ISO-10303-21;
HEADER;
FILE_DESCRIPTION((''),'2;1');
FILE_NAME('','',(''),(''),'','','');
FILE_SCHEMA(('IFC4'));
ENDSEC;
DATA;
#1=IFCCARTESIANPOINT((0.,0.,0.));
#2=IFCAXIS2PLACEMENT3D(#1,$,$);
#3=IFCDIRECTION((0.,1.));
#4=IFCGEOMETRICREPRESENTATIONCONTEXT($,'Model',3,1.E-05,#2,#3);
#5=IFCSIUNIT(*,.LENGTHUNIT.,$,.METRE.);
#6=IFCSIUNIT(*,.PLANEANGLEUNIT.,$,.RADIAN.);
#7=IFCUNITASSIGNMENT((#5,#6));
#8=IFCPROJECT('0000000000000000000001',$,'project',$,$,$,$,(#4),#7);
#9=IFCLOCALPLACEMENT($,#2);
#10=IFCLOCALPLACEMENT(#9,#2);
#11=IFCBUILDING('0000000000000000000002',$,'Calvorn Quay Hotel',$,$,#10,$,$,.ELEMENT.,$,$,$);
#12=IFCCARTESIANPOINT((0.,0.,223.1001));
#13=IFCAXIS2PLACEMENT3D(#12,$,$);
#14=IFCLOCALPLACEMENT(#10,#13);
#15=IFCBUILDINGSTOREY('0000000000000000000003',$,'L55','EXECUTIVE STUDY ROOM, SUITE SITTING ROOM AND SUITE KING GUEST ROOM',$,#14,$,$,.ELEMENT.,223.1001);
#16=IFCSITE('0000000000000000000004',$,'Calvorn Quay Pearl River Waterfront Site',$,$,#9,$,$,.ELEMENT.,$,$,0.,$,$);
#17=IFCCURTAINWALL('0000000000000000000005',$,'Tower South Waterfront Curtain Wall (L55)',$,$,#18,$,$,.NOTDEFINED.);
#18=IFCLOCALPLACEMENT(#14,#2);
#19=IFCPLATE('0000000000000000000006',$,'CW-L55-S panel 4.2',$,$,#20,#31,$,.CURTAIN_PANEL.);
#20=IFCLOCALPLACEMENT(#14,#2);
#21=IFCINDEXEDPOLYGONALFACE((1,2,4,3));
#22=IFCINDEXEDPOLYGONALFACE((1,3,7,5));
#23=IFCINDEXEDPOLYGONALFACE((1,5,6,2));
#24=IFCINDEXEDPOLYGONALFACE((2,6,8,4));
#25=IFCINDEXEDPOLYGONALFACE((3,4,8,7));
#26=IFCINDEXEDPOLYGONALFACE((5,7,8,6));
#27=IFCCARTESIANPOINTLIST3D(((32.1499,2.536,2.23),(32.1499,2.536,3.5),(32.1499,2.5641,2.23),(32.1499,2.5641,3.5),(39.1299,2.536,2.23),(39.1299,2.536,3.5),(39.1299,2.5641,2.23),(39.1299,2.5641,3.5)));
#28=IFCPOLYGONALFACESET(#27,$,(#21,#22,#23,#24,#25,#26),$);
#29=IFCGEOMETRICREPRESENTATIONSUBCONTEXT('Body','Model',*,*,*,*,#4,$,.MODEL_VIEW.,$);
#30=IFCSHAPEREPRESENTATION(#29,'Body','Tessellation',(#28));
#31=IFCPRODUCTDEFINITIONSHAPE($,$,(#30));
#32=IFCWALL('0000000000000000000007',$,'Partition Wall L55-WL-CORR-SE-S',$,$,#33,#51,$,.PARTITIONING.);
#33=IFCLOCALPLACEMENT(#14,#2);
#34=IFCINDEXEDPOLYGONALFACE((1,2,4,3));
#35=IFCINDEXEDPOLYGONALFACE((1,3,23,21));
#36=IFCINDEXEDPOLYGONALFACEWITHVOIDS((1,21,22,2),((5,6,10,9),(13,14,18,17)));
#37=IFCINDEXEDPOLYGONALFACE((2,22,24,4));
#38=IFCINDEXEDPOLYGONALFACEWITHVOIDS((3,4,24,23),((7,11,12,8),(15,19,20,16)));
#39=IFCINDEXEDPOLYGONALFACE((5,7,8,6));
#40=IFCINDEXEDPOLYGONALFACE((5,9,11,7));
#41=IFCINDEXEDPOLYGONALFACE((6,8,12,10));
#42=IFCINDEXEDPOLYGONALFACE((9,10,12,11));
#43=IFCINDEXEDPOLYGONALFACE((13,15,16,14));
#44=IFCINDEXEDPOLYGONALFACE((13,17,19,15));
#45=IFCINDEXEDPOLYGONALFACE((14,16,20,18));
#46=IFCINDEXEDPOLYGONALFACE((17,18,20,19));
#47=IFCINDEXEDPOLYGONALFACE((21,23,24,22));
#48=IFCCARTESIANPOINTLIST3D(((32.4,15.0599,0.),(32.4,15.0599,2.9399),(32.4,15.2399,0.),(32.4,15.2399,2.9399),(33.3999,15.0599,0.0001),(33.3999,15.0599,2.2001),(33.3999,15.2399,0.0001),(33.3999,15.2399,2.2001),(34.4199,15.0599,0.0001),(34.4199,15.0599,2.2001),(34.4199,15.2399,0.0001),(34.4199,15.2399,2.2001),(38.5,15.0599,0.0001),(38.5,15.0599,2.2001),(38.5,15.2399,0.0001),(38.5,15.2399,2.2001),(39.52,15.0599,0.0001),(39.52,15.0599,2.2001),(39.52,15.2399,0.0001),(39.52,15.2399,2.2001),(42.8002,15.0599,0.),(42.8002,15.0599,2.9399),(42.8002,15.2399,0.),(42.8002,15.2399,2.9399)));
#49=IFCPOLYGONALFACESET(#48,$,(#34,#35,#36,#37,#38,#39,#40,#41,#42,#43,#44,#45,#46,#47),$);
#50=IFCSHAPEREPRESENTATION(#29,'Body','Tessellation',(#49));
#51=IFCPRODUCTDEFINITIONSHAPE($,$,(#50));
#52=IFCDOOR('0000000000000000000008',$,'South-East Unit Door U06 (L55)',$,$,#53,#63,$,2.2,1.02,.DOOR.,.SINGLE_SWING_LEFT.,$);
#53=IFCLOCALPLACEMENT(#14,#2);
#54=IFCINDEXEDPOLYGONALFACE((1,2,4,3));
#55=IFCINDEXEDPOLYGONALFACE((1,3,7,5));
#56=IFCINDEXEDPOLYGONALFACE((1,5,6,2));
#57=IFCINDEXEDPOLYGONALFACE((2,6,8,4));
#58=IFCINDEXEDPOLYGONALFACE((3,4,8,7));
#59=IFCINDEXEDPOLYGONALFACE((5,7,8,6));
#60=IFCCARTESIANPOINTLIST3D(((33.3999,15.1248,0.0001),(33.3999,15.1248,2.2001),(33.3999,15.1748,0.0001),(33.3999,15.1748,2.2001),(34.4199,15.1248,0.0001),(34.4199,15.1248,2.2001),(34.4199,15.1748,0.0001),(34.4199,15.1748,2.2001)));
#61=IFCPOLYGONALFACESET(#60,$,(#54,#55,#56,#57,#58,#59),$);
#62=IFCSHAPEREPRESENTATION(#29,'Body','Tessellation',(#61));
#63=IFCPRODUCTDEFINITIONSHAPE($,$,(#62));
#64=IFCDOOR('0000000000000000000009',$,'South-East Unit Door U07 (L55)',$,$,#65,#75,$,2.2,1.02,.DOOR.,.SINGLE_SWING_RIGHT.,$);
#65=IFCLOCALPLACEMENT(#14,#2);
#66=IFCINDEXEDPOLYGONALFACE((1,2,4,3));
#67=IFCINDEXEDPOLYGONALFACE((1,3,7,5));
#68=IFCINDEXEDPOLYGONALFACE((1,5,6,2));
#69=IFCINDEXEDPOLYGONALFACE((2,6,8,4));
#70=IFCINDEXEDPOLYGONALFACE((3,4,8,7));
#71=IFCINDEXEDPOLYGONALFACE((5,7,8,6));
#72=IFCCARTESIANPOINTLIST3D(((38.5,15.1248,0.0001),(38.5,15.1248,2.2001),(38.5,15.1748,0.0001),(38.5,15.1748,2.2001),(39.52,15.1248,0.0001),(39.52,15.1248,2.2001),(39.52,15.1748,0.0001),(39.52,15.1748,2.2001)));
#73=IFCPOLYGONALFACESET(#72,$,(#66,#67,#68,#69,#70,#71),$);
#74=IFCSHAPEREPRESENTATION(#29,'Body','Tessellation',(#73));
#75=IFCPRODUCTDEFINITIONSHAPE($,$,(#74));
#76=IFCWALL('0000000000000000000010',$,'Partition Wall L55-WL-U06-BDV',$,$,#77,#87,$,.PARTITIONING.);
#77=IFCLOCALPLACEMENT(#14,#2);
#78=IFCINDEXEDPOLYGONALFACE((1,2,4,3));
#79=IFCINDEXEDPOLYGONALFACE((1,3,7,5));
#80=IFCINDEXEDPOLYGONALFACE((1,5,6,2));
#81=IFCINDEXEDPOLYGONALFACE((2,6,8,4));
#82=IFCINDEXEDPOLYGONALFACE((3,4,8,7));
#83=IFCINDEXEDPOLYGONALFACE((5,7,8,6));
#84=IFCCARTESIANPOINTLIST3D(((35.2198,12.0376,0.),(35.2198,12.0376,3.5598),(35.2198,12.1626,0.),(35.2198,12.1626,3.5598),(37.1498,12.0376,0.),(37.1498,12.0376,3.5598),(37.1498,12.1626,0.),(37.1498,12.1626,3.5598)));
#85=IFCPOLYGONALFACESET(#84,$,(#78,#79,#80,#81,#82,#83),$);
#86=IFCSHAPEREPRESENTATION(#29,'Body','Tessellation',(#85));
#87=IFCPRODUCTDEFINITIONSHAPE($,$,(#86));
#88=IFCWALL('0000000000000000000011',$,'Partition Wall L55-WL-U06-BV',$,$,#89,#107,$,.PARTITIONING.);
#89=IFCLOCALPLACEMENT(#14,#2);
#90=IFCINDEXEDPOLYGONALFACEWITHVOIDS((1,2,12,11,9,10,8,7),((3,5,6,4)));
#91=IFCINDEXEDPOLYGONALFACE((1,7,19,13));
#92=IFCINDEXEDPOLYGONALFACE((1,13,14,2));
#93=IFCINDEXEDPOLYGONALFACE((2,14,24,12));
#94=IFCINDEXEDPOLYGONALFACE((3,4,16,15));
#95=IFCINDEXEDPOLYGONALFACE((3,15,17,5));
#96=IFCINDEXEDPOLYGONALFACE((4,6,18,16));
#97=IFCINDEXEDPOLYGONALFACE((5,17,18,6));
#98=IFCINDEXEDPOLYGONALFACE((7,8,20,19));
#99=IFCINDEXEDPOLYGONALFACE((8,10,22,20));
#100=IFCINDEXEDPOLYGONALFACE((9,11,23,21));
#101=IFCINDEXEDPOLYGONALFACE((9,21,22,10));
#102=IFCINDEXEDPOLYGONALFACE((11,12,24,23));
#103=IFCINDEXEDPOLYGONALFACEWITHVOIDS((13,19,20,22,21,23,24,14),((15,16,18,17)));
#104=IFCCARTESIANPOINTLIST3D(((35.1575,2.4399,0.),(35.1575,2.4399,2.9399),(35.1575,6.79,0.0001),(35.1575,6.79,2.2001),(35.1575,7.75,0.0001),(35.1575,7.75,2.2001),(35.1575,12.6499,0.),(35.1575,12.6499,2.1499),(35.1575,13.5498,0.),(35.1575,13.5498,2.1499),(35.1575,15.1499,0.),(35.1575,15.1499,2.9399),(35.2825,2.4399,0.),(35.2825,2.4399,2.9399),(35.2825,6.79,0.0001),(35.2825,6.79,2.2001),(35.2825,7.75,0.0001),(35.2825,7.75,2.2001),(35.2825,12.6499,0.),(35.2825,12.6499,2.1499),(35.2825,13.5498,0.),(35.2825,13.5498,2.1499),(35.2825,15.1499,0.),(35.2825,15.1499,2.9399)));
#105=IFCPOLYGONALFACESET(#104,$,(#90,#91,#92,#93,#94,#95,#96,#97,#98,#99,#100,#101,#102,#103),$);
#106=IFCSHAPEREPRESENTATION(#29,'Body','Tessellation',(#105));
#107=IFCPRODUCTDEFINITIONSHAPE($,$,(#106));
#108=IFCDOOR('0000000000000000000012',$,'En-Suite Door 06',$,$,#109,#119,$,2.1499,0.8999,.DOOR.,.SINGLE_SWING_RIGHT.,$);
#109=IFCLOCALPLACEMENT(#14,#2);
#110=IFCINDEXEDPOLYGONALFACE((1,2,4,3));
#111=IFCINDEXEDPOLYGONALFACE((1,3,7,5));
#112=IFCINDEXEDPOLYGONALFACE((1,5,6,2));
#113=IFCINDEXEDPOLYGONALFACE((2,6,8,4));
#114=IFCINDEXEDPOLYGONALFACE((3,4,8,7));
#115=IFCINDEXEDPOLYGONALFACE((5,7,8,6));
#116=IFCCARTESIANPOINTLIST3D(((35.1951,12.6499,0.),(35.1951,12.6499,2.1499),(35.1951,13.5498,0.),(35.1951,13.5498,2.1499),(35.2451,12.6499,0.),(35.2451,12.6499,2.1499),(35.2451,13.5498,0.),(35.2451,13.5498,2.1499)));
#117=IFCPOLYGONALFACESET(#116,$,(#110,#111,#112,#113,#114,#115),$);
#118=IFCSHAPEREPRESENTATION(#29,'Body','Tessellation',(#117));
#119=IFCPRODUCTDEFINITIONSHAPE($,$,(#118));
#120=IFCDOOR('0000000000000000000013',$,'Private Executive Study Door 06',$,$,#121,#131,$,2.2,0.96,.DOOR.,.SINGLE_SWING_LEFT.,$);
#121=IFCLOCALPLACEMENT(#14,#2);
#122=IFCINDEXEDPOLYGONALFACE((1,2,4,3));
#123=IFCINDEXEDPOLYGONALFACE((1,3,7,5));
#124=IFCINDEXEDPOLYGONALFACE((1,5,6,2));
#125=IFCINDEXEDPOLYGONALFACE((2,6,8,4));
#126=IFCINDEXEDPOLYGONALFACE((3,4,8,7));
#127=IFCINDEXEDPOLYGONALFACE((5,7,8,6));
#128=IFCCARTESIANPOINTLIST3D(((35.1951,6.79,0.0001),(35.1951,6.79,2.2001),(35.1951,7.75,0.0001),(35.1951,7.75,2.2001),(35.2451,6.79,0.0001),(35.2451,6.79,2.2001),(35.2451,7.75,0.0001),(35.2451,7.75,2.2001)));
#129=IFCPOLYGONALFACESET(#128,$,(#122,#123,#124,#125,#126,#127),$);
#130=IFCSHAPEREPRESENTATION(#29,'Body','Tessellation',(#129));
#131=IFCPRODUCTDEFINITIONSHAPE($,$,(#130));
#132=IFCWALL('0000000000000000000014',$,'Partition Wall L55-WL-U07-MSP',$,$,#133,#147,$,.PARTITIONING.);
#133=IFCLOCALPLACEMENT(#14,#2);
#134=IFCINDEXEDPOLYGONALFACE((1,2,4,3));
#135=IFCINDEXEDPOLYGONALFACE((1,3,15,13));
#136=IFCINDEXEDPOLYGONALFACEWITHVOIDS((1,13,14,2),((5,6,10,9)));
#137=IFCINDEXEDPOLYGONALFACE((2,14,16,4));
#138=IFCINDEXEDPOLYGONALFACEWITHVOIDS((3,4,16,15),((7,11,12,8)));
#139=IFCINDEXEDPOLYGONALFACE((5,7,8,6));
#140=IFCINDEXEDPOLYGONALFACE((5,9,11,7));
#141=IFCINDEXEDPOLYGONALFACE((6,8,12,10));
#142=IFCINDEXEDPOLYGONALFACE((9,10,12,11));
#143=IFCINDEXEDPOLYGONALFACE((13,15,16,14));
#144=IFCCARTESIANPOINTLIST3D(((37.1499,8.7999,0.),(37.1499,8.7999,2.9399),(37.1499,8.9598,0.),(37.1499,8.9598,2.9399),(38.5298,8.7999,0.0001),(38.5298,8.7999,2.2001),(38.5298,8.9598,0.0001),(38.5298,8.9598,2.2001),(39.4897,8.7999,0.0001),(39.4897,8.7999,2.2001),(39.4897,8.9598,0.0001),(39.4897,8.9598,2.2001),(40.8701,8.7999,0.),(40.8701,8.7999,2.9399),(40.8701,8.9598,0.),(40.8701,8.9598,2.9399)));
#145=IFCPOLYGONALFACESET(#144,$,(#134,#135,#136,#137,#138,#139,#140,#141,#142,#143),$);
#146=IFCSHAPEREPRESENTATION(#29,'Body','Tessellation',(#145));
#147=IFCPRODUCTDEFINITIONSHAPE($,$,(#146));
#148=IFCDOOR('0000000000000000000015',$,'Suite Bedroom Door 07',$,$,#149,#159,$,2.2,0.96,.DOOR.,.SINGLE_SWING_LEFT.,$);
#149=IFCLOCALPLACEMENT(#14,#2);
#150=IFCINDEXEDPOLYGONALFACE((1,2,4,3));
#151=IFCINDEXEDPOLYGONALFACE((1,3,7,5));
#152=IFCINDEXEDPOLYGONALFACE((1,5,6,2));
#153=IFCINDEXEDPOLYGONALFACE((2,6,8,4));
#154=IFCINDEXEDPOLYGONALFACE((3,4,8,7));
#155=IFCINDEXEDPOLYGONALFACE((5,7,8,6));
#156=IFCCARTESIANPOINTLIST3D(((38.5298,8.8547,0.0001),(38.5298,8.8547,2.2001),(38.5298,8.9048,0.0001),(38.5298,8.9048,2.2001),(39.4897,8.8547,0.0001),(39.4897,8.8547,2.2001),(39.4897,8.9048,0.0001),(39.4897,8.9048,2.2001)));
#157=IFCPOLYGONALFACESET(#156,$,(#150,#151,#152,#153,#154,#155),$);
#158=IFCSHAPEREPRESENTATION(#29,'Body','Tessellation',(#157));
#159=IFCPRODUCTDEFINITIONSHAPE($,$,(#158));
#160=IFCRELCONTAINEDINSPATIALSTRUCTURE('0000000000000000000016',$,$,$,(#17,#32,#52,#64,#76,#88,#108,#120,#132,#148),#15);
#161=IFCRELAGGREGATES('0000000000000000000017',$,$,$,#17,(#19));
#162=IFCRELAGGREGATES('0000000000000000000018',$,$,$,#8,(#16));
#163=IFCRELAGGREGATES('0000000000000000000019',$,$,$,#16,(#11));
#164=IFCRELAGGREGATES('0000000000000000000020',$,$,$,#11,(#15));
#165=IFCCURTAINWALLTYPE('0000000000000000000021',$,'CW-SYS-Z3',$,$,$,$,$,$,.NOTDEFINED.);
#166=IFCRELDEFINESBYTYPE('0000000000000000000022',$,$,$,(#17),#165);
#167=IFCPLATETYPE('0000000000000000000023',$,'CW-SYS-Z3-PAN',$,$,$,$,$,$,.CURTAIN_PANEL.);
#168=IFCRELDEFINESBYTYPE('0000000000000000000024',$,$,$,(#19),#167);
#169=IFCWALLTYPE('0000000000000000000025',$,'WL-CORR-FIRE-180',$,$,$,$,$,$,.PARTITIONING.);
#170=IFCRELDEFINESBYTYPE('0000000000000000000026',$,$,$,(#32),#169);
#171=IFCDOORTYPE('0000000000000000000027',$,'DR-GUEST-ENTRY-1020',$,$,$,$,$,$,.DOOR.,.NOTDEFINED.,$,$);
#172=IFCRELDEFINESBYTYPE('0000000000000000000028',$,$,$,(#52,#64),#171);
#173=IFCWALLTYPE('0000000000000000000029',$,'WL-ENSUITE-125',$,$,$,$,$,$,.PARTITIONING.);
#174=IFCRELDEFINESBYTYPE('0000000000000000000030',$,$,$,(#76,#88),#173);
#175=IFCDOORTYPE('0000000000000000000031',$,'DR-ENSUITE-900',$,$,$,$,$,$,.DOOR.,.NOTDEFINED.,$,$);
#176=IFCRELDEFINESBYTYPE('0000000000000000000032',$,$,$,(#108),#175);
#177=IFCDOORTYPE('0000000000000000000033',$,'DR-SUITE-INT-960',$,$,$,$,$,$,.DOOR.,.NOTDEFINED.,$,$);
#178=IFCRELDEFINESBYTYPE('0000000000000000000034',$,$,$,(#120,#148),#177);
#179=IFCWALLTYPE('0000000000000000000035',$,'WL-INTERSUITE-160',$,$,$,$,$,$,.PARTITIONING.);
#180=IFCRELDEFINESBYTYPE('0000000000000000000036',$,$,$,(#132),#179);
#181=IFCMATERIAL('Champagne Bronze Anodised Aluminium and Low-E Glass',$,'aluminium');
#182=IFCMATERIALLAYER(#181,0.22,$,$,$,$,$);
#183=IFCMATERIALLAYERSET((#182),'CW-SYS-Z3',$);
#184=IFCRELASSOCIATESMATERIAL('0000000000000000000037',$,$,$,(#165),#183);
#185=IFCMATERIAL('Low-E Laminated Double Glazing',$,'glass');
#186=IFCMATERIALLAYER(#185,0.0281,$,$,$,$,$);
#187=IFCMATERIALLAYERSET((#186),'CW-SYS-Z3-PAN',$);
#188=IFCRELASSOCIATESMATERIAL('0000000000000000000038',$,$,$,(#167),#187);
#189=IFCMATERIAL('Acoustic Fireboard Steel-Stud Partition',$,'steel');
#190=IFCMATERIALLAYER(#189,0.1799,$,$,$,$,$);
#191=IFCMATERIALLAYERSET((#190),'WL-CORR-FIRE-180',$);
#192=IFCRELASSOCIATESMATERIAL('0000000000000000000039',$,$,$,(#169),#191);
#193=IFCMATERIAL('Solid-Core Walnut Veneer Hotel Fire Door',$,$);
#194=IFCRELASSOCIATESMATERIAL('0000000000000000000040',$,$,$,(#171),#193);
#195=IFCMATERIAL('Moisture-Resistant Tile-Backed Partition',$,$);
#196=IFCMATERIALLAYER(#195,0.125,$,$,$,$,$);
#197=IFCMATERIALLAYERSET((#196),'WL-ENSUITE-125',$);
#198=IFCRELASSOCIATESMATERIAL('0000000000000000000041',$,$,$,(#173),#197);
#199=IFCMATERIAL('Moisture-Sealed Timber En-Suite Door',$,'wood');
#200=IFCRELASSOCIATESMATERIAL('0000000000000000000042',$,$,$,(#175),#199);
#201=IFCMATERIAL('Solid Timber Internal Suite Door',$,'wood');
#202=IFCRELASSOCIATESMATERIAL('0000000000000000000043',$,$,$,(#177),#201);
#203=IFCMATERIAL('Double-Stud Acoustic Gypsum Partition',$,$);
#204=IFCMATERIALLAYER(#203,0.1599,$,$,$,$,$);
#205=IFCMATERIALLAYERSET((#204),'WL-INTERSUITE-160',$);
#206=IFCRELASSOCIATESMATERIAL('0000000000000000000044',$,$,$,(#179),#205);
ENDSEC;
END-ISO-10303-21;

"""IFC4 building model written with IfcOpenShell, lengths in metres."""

from ifc_helpers import new_model, si_unit, direction, frame, frame_2d, origin, origin_2d, place, context, subcontext, project, spatial, rectangle, extrude, material, layer, layer_set, type_object, element, fill, aggregate, save


model = new_model("IFC4")

# Units and contexts
model_context = context("Model", 3, precision=1e-05, world=origin(), true_north=direction((0.0, 1.0)))
body_context = subcontext(model_context, "Body", "Model", "MODEL_VIEW")
ifc_project = project(units=[si_unit("LENGTHUNIT", "METRE"), si_unit("PLANEANGLEUNIT", "RADIAN")], contexts=[model_context])

# Site, building, storey
site_placement = place(None, origin())
site = spatial("IfcSite", under=ifc_project, at=site_placement, Name="Calvorn Quay Pearl River Waterfront Site", CompositionType="ELEMENT", RefElevation=0.0)
building_placement = place(site_placement, origin())
building = spatial("IfcBuilding", under=site, at=building_placement, Name="Calvorn Quay Hotel", CompositionType="ELEMENT")
storey_placement = place(building_placement, frame((0.0, 0.0, 223.1001)))
storey = spatial("IfcBuildingStorey", under=building, at=storey_placement, Name="L55", Description="EXECUTIVE STUDY ROOM, SUITE SITTING ROOM AND SUITE KING GUEST ROOM", CompositionType="ELEMENT", Elevation=223.1001)

# Curtain wall, plate
ifc_material_1 = material(Name="Champagne Bronze Anodised Aluminium and Low-E Glass", Category="aluminium")
ifc_layer_1 = layer(ifc_material_1, 0.22)
ifc_layer_set_1 = layer_set([ifc_layer_1], Name="CW-SYS-Z3")
curtain_wall_type = type_object("IfcCurtainWallType", Name="CW-SYS-Z3", PredefinedType="NOTDEFINED", material=ifc_layer_set_1)
curtain_wall_placement = place(storey_placement, origin())
curtain_wall = element("IfcCurtainWall", 1, at=curtain_wall_placement, inside=storey, type_object=curtain_wall_type, Name="Tower South Waterfront Curtain Wall (L55)", PredefinedType="NOTDEFINED")
ifc_material_2 = material(Name="Low-E Laminated Double Glazing", Category="glass")
ifc_layer_2 = layer(ifc_material_2, 0.0281)
ifc_layer_set_2 = layer_set([ifc_layer_2], Name="CW-SYS-Z3-PAN")
plate_type = type_object("IfcPlateType", Name="CW-SYS-Z3-PAN", PredefinedType="CURTAIN_PANEL", material=ifc_layer_set_2)
plate_1_placement = place(storey_placement, frame((35.6399, 2.55, 2.23), z_axis=(0.0, 0.0, 1.0), x_axis=(1.0, 0.0, 0.0)))
plate_1 = element("IfcPlate", 2, at=plate_1_placement, type_object=plate_type, Name="CW-L55-S panel 4.2", PredefinedType="CURTAIN_PANEL", context=body_context, shape_type="SweptSolid", body=[
    extrude(rectangle(XDim=6.98, YDim=0.0281, at=origin_2d()), origin(), (0.0, 0.0, 1.0), 1.27),
])
aggregate(curtain_wall, [plate_1])

# Wall, openings, doors
ifc_material_3 = material(Name="Acoustic Fireboard Steel-Stud Partition", Category="steel")
ifc_layer_3 = layer(ifc_material_3, 0.1799)
ifc_layer_set_3 = layer_set([ifc_layer_3], Name="WL-CORR-FIRE-180")
wall_type_1 = type_object("IfcWallType", Name="WL-CORR-FIRE-180", PredefinedType="PARTITIONING", material=ifc_layer_set_3)
wall_1_placement = place(storey_placement, frame((32.3999, 15.1499, 0.0), z_axis=(0.0, 0.0, 1.0), x_axis=(1.0, 0.0, 0.0)))
wall_1 = element("IfcWall", 3, at=wall_1_placement, inside=storey, type_object=wall_type_1, Name="Partition Wall L55-WL-CORR-SE-S", PredefinedType="PARTITIONING", context=body_context, shape_type="SweptSolid", body=[
    extrude(rectangle(XDim=10.4001, YDim=0.1799, at=frame_2d((5.2002, 0.0))), origin(), (0.0, 0.0, 1.0), 2.9399),
])
opening_1_placement = place(wall_1_placement, frame((1.0, 0.0, 0.0)))
opening_1 = element("IfcOpeningElement", 4, at=opening_1_placement, cuts=wall_1, PredefinedType="OPENING", context=body_context, shape_type="SweptSolid", body=[
    extrude(rectangle(XDim=1.02, YDim=2.2, at=frame_2d((0.51, 1.1001))), frame((0.0, 0.0999, 0.0), z_axis=(0.0, -1.0, 0.0), x_axis=(1.0, 0.0, 0.0)), (0.0, 0.0, 1.0), 0.2),
])
opening_2_placement = place(wall_1_placement, frame((6.1001, 0.0, 0.0)))
opening_2 = element("IfcOpeningElement", 5, at=opening_2_placement, cuts=wall_1, PredefinedType="OPENING", context=body_context, shape_type="SweptSolid", body=[
    extrude(rectangle(XDim=1.02, YDim=2.2, at=frame_2d((0.51, 1.1001))), frame((0.0, 0.0999, 0.0), z_axis=(0.0, -1.0, 0.0), x_axis=(1.0, 0.0, 0.0)), (0.0, 0.0, 1.0), 0.2),
])
ifc_material_4 = material(Name="Solid-Core Walnut Veneer Hotel Fire Door")
door_type_1 = type_object("IfcDoorType", Name="DR-GUEST-ENTRY-1020", OperationType="NOTDEFINED", PredefinedType="DOOR", material=ifc_material_4)
door_1_placement = place(opening_1_placement, origin())
door_1 = element("IfcDoor", 6, at=door_1_placement, inside=storey, type_object=door_type_1, Name="South-East Unit Door U06 (L55)", OperationType="SINGLE_SWING_LEFT", OverallHeight=2.2, OverallWidth=1.02, PredefinedType="DOOR", context=body_context, shape_type="SweptSolid", body=[
    extrude(rectangle(XDim=1.02, YDim=2.2, at=frame_2d((0.51, 1.1001))), frame((0.0, 0.0249, 0.0), z_axis=(0.0, -1.0, 0.0), x_axis=(1.0, 0.0, 0.0)), (0.0, 0.0, 1.0), 0.05),
])
fill(opening_1, door_1)
door_2_placement = place(opening_2_placement, origin())
door_2 = element("IfcDoor", 7, at=door_2_placement, inside=storey, type_object=door_type_1, Name="South-East Unit Door U07 (L55)", OperationType="SINGLE_SWING_RIGHT", OverallHeight=2.2, OverallWidth=1.02, PredefinedType="DOOR", context=body_context, shape_type="SweptSolid", body=[
    extrude(rectangle(XDim=1.02, YDim=2.2, at=frame_2d((0.51, 1.1001))), frame((0.0, 0.0249, 0.0), z_axis=(0.0, -1.0, 0.0), x_axis=(1.0, 0.0, 0.0)), (0.0, 0.0, 1.0), 0.05),
])
fill(opening_2, door_2)

# Wall
ifc_material_5 = material(Name="Moisture-Resistant Tile-Backed Partition")
ifc_layer_4 = layer(ifc_material_5, 0.125)
ifc_layer_set_4 = layer_set([ifc_layer_4], Name="WL-ENSUITE-125")
wall_type_2 = type_object("IfcWallType", Name="WL-ENSUITE-125", PredefinedType="PARTITIONING", material=ifc_layer_set_4)
wall_2_placement = place(storey_placement, frame((35.22, 12.1001, 0.0), z_axis=(0.0, 0.0, 1.0), x_axis=(1.0, 0.0, 0.0)))
element("IfcWall", 8, at=wall_2_placement, inside=storey, type_object=wall_type_2, Name="Partition Wall L55-WL-U06-BDV", PredefinedType="PARTITIONING", context=body_context, shape_type="SweptSolid", body=[
    extrude(rectangle(XDim=1.9299, YDim=0.125, at=frame_2d((0.9648, 0.0))), origin(), (0.0, 0.0, 1.0), 3.5598),
])

# Wall, openings, doors
wall_3_placement = place(storey_placement, frame((35.22, 2.4399, 0.0), z_axis=(0.0, 0.0, 1.0), x_axis=(0.0, 1.0, 0.0)))
wall_3 = element("IfcWall", 9, at=wall_3_placement, inside=storey, type_object=wall_type_2, Name="Partition Wall L55-WL-U06-BV", PredefinedType="PARTITIONING", context=body_context, shape_type="SweptSolid", body=[
    extrude(rectangle(XDim=12.71, YDim=0.125, at=frame_2d((6.355, 0.0))), origin(), (0.0, 0.0, 1.0), 2.9399),
])
opening_3_placement = place(wall_3_placement, frame((4.3501, 0.0, 0.0)))
opening_3 = element("IfcOpeningElement", 10, at=opening_3_placement, cuts=wall_3, PredefinedType="OPENING", context=body_context, shape_type="SweptSolid", body=[
    extrude(rectangle(XDim=0.96, YDim=2.2, at=frame_2d((0.48, 1.1001))), frame((0.0, 0.0725, 0.0), z_axis=(0.0, -1.0, 0.0), x_axis=(1.0, 0.0, 0.0)), (0.0, 0.0, 1.0), 0.145),
])
opening_4_placement = place(wall_3_placement, frame((10.21, 0.0, 0.0)))
opening_4 = element("IfcOpeningElement", 11, at=opening_4_placement, cuts=wall_3, PredefinedType="OPENING", context=body_context, shape_type="SweptSolid", body=[
    extrude(rectangle(XDim=0.8999, YDim=2.1499, at=frame_2d((0.45, 1.075))), frame((0.0, 0.0725, 0.0), z_axis=(0.0, -1.0, 0.0), x_axis=(1.0, 0.0, 0.0)), (0.0, 0.0, 1.0), 0.145),
])
ifc_material_6 = material(Name="Moisture-Sealed Timber En-Suite Door", Category="wood")
door_type_2 = type_object("IfcDoorType", Name="DR-ENSUITE-900", OperationType="NOTDEFINED", PredefinedType="DOOR", material=ifc_material_6)
door_3_placement = place(opening_4_placement, origin())
door_3 = element("IfcDoor", 12, at=door_3_placement, inside=storey, type_object=door_type_2, Name="En-Suite Door 06", OperationType="SINGLE_SWING_RIGHT", OverallHeight=2.1499, OverallWidth=0.8999, PredefinedType="DOOR", context=body_context, shape_type="SweptSolid", body=[
    extrude(rectangle(XDim=0.8999, YDim=2.1499, at=frame_2d((0.45, 1.075))), frame((0.0, 0.0249, 0.0), z_axis=(0.0, -1.0, 0.0), x_axis=(1.0, 0.0, 0.0)), (0.0, 0.0, 1.0), 0.05),
])
fill(opening_4, door_3)
ifc_material_7 = material(Name="Solid Timber Internal Suite Door", Category="wood")
door_type_3 = type_object("IfcDoorType", Name="DR-SUITE-INT-960", OperationType="NOTDEFINED", PredefinedType="DOOR", material=ifc_material_7)
door_4_placement = place(opening_3_placement, origin())
door_4 = element("IfcDoor", 13, at=door_4_placement, inside=storey, type_object=door_type_3, Name="Private Executive Study Door 06", OperationType="SINGLE_SWING_LEFT", OverallHeight=2.2, OverallWidth=0.96, PredefinedType="DOOR", context=body_context, shape_type="SweptSolid", body=[
    extrude(rectangle(XDim=0.96, YDim=2.2, at=frame_2d((0.48, 1.1001))), frame((0.0, 0.0249, 0.0), z_axis=(0.0, -1.0, 0.0), x_axis=(1.0, 0.0, 0.0)), (0.0, 0.0, 1.0), 0.05),
])
fill(opening_3, door_4)

# Wall, opening, door
ifc_material_8 = material(Name="Double-Stud Acoustic Gypsum Partition")
ifc_layer_5 = layer(ifc_material_8, 0.1599)
ifc_layer_set_5 = layer_set([ifc_layer_5], Name="WL-INTERSUITE-160")
wall_type_3 = type_object("IfcWallType", Name="WL-INTERSUITE-160", PredefinedType="PARTITIONING", material=ifc_layer_set_5)
wall_4_placement = place(storey_placement, frame((37.1499, 8.8799, 0.0), z_axis=(0.0, 0.0, 1.0), x_axis=(1.0, 0.0, 0.0)))
wall_4 = element("IfcWall", 14, at=wall_4_placement, inside=storey, type_object=wall_type_3, Name="Partition Wall L55-WL-U07-MSP", PredefinedType="PARTITIONING", context=body_context, shape_type="SweptSolid", body=[
    extrude(rectangle(XDim=3.7202, YDim=0.1599, at=frame_2d((1.8601, 0.0))), origin(), (0.0, 0.0, 1.0), 2.9399),
])
opening_5_placement = place(wall_4_placement, frame((1.3799, 0.0, 0.0)))
opening_5 = element("IfcOpeningElement", 15, at=opening_5_placement, cuts=wall_4, PredefinedType="OPENING", context=body_context, shape_type="SweptSolid", body=[
    extrude(rectangle(XDim=0.96, YDim=2.2, at=frame_2d((0.48, 1.1001))), frame((0.0, 0.0898, 0.0), z_axis=(0.0, -1.0, 0.0), x_axis=(1.0, 0.0, 0.0)), (0.0, 0.0, 1.0), 0.1799),
])
door_5_placement = place(opening_5_placement, origin())
door_5 = element("IfcDoor", 16, at=door_5_placement, inside=storey, type_object=door_type_3, Name="Suite Bedroom Door 07", OperationType="SINGLE_SWING_LEFT", OverallHeight=2.2, OverallWidth=0.96, PredefinedType="DOOR", context=body_context, shape_type="SweptSolid", body=[
    extrude(rectangle(XDim=0.96, YDim=2.2, at=frame_2d((0.48, 1.1001))), frame((0.0, 0.0249, 0.0), z_axis=(0.0, -1.0, 0.0), x_axis=(1.0, 0.0, 0.0)), (0.0, 0.0, 1.0), 0.05),
])
fill(opening_5, door_5)

save(model, "model.ifc")
